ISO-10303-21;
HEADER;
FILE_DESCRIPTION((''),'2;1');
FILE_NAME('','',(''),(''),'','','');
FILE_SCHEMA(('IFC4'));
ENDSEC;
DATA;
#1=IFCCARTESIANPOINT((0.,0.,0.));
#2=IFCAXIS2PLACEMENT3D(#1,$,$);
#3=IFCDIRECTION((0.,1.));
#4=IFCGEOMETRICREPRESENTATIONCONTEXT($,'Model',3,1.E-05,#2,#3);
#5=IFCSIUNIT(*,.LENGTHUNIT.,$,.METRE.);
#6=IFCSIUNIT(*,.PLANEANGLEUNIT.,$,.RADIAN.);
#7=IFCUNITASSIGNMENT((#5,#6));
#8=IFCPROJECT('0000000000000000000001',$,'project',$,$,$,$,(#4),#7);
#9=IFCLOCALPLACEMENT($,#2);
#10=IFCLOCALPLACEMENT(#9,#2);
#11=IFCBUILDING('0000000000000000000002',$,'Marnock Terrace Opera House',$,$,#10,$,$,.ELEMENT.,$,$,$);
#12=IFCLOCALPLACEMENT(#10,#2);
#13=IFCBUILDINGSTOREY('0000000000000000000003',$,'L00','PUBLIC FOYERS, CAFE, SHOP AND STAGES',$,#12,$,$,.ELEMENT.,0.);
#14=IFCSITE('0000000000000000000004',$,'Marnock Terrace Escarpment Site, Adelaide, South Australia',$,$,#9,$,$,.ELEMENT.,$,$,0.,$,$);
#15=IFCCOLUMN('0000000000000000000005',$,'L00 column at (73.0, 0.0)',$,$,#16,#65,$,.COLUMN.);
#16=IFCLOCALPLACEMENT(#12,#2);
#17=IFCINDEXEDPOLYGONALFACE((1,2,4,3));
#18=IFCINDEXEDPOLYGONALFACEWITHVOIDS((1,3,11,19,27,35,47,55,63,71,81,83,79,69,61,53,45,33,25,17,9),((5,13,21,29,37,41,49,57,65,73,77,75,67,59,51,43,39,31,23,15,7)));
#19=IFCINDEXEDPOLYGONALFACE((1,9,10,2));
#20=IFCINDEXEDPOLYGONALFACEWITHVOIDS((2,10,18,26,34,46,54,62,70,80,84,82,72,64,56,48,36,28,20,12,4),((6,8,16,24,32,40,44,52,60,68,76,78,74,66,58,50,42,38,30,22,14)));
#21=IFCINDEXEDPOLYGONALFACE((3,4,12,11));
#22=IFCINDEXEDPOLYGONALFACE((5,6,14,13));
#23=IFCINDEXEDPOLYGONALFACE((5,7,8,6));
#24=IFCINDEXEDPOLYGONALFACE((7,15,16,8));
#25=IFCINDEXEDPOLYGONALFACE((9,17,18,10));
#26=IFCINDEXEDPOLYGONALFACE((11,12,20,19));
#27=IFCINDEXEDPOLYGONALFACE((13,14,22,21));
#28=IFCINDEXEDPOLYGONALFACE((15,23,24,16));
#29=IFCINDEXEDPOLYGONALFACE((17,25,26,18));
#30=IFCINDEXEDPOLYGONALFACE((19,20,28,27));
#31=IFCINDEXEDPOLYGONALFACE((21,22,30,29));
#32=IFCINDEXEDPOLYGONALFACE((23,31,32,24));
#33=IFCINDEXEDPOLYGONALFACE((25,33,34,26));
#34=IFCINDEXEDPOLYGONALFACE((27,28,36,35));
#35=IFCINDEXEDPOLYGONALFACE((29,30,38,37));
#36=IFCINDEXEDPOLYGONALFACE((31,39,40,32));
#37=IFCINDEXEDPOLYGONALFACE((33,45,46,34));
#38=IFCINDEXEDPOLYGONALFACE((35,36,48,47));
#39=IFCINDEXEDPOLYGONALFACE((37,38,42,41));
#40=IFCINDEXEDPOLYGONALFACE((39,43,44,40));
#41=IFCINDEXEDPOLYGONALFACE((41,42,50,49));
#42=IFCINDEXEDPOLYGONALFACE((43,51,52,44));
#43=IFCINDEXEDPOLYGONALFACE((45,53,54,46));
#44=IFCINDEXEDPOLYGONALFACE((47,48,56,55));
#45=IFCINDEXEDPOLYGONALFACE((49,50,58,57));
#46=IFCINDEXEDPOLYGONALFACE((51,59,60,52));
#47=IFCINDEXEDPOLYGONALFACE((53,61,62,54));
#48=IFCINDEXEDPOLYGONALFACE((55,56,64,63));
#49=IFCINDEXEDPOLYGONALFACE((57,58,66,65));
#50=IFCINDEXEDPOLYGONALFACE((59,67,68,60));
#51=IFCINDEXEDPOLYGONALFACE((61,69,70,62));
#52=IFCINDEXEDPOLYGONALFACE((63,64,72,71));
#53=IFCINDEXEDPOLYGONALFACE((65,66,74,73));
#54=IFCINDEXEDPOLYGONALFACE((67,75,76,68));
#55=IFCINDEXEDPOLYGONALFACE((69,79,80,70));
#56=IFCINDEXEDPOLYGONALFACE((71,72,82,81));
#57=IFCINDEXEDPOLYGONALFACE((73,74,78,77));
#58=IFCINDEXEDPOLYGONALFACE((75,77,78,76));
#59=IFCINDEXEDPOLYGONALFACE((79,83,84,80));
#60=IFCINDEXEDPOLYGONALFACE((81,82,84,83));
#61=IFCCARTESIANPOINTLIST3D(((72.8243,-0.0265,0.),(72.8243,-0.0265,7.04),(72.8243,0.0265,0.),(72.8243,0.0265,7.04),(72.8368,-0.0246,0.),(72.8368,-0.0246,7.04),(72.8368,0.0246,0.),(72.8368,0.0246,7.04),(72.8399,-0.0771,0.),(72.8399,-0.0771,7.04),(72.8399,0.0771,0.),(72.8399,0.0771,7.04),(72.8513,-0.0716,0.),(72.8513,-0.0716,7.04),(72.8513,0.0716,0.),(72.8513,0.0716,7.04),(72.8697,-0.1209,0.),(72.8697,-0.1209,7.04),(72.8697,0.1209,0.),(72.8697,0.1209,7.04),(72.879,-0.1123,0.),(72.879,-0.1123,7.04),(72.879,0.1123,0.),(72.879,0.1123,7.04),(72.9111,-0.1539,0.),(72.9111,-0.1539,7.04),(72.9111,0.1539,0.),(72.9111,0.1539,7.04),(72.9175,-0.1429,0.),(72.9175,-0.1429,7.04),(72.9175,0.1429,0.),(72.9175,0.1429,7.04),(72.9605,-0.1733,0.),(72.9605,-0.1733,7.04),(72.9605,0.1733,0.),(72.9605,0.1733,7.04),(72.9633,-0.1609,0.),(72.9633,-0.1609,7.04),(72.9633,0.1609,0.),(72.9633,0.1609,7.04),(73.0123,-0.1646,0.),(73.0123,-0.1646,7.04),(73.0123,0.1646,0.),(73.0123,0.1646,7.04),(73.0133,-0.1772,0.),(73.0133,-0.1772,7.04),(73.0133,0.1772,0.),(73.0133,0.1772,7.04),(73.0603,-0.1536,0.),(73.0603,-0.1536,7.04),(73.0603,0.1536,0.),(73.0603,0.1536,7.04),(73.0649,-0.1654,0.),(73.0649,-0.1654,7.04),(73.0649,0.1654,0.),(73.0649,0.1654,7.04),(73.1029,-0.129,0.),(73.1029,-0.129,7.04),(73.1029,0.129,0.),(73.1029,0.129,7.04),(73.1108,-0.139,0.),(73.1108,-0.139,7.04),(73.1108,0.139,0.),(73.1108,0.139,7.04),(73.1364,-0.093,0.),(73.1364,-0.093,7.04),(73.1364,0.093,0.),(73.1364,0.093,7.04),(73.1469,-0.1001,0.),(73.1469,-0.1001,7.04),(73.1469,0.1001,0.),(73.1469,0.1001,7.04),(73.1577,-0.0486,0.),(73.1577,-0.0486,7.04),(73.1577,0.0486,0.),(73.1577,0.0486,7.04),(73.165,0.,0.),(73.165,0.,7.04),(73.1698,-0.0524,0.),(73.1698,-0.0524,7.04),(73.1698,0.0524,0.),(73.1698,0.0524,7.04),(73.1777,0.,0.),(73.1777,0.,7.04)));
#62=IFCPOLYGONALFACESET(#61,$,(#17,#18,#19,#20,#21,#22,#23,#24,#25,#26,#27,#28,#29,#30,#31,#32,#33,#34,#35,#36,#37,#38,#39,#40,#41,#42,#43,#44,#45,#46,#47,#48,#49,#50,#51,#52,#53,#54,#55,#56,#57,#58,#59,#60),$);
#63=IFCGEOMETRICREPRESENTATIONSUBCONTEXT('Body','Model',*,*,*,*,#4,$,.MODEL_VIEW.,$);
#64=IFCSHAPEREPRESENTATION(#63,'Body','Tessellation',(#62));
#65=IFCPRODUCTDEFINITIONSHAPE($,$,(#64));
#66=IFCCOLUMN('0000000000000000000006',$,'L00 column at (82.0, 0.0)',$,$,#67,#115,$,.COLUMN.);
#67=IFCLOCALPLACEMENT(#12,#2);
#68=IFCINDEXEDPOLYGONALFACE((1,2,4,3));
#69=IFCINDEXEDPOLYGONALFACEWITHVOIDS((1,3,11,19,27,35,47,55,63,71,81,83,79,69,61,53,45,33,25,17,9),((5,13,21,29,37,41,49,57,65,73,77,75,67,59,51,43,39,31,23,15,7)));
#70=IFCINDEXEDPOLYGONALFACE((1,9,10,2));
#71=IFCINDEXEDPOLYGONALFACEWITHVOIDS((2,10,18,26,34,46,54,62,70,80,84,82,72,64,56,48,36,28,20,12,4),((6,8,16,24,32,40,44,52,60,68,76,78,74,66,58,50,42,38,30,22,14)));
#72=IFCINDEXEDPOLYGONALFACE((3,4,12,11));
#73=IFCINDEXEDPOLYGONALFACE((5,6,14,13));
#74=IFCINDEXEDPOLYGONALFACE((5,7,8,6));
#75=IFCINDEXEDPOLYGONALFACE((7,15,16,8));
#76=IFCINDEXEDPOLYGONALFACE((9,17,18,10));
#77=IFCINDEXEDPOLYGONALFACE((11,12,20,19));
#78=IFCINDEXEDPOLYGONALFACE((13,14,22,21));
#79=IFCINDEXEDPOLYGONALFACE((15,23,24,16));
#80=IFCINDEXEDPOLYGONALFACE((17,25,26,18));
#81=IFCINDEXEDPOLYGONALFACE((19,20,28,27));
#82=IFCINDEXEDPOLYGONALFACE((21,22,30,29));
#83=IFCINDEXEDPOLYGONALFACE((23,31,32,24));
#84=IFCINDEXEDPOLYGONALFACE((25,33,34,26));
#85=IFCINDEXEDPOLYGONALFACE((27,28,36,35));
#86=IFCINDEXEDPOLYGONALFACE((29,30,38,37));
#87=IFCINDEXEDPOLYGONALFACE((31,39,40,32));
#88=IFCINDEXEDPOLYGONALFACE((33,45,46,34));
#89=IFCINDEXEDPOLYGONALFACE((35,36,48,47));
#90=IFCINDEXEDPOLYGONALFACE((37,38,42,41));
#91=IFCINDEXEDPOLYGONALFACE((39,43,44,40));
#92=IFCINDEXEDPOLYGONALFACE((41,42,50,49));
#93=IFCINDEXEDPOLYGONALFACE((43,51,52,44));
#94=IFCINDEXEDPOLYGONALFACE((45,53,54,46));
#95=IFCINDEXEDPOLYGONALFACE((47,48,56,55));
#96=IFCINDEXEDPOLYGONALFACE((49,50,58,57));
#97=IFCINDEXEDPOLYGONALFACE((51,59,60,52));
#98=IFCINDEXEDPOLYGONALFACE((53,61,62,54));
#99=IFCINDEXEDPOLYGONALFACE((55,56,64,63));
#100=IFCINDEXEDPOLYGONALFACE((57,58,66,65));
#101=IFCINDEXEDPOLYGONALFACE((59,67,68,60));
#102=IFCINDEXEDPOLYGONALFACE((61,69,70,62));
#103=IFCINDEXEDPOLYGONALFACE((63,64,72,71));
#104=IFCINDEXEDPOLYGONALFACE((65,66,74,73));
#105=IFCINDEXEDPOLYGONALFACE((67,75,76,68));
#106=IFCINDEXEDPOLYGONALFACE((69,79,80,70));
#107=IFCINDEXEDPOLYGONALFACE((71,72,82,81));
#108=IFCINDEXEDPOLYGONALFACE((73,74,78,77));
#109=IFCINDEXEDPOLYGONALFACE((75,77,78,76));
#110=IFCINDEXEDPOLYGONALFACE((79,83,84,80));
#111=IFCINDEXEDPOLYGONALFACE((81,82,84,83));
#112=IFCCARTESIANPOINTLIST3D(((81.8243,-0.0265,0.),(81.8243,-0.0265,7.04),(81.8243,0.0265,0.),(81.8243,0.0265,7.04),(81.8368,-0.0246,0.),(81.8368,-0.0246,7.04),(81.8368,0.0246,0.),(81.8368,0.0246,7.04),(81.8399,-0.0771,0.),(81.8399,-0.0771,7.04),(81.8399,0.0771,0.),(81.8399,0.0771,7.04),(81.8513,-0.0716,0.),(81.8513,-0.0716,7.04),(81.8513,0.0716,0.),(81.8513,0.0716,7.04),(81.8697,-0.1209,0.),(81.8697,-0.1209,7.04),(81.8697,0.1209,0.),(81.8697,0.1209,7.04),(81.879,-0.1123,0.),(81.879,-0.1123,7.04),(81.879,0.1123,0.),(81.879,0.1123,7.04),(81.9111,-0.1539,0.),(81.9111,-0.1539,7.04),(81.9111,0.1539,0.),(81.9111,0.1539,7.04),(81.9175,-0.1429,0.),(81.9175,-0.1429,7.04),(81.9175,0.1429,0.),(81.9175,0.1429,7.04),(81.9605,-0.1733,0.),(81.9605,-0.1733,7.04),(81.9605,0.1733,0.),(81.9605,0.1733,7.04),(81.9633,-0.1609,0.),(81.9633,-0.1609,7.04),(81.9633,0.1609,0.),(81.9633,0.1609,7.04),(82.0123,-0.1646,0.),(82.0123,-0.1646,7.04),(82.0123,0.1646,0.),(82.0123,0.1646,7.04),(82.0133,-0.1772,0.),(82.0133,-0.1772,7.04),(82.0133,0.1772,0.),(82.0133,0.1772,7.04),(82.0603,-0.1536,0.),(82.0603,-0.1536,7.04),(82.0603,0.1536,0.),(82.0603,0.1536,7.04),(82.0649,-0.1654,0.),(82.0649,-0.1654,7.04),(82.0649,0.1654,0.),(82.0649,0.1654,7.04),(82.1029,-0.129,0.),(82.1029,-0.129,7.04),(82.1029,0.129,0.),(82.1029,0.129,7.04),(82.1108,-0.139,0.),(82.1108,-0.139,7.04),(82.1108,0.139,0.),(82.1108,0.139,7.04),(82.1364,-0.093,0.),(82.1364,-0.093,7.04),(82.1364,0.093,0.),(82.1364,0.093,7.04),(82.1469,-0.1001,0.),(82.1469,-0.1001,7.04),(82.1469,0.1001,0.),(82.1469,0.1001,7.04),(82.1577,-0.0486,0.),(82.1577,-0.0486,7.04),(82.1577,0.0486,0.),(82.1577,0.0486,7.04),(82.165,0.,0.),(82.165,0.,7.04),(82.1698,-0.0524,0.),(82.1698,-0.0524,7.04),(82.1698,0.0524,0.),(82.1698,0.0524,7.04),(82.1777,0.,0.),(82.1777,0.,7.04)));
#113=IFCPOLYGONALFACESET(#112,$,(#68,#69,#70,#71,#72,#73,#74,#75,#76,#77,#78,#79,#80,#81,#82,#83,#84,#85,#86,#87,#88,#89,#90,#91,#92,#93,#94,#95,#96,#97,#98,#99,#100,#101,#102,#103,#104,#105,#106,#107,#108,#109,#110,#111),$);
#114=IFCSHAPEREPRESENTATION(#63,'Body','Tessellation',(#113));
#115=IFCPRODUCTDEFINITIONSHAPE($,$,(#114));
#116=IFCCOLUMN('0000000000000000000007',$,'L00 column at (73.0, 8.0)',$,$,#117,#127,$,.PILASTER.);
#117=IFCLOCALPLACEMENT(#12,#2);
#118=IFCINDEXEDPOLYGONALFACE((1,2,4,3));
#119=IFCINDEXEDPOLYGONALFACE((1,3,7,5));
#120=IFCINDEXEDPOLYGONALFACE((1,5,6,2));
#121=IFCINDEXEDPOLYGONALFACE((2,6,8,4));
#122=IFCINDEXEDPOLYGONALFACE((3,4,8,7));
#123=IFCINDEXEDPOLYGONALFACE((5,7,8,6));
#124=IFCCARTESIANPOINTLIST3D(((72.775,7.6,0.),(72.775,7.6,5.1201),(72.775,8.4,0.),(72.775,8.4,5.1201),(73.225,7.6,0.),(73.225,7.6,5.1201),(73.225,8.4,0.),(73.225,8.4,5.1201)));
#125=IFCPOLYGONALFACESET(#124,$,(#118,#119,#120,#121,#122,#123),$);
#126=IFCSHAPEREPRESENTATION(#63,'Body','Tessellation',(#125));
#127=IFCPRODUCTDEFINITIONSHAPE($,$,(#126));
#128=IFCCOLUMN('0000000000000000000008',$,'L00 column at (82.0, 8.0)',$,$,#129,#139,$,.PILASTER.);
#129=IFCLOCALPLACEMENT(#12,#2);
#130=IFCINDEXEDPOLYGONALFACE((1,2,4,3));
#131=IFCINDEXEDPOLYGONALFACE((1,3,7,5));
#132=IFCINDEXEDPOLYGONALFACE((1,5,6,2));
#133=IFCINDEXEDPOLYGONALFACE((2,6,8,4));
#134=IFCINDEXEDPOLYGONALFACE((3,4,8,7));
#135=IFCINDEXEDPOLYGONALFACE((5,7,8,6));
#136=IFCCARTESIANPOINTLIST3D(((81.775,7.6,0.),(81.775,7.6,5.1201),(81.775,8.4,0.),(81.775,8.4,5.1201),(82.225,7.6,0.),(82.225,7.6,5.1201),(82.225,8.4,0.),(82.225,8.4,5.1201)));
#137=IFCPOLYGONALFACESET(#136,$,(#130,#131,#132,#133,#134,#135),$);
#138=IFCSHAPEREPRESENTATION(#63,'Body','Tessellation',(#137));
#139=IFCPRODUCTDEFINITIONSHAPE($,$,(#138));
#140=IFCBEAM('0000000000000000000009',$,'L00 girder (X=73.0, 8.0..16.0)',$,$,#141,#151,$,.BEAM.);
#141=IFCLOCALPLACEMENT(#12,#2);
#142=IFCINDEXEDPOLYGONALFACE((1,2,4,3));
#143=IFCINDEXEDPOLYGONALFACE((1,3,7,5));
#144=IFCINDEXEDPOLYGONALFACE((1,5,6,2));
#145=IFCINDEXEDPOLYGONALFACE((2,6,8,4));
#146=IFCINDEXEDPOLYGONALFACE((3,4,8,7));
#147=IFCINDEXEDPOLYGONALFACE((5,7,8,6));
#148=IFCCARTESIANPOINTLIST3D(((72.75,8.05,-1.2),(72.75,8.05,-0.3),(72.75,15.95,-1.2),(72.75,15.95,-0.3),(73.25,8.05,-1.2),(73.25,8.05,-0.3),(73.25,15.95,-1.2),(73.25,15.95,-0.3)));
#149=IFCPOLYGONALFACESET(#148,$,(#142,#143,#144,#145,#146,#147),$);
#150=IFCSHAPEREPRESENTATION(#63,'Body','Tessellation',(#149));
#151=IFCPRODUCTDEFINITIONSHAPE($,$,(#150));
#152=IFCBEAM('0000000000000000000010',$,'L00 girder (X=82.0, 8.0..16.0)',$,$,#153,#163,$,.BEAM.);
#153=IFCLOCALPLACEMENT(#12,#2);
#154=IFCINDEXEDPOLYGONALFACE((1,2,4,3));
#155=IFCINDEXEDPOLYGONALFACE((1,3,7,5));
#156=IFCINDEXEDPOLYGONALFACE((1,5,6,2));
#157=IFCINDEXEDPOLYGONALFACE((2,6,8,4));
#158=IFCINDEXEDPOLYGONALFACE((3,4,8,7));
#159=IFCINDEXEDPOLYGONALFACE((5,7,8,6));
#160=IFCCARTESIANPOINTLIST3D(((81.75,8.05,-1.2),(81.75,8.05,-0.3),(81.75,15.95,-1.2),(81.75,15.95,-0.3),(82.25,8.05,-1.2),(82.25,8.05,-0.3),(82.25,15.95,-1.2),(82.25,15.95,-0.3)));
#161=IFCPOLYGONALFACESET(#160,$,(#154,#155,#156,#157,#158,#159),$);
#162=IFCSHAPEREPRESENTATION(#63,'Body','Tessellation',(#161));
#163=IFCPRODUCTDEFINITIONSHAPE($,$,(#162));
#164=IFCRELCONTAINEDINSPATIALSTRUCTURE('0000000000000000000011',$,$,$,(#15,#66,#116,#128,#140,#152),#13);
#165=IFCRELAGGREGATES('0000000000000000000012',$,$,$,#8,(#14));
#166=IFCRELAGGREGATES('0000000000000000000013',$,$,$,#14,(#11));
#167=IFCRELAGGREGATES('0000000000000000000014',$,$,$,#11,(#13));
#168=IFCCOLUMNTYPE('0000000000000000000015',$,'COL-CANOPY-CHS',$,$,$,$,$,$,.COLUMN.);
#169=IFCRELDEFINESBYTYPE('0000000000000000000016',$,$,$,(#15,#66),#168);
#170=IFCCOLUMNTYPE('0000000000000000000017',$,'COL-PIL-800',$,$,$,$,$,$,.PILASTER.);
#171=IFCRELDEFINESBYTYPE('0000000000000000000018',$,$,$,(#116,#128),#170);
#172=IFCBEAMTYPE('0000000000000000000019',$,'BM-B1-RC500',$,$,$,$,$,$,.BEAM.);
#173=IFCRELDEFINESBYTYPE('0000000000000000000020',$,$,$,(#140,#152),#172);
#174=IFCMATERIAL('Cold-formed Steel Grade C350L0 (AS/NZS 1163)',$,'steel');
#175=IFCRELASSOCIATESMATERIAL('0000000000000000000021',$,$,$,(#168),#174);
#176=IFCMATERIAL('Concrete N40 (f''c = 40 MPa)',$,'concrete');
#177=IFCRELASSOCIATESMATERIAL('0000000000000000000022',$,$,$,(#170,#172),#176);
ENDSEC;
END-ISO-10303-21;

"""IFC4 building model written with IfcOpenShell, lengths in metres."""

from ifc_helpers import new_model, si_unit, direction, frame, origin, origin_2d, place, context, subcontext, project, spatial, rectangle, hollow_circle, extrude, material, material_profile, profile_set, type_object, element, save


model = new_model("IFC4")

# Units and contexts
model_context = context("Model", 3, precision=1e-05, world=origin(), true_north=direction((0.0, 1.0)))
body_context = subcontext(model_context, "Body", "Model", "MODEL_VIEW")
ifc_project = project(units=[si_unit("LENGTHUNIT", "METRE"), si_unit("PLANEANGLEUNIT", "RADIAN")], contexts=[model_context])

# Site, building, storey
site_placement = place(None, origin())
site = spatial("IfcSite", under=ifc_project, at=site_placement, Name="Marnock Terrace Escarpment Site, Adelaide, South Australia", CompositionType="ELEMENT", RefElevation=0.0)
building_placement = place(site_placement, origin())
building = spatial("IfcBuilding", under=site, at=building_placement, Name="Marnock Terrace Opera House", CompositionType="ELEMENT")
storey_placement = place(building_placement, origin())
storey = spatial("IfcBuildingStorey", under=building, at=storey_placement, Name="L00", Description="PUBLIC FOYERS, CAFE, SHOP AND STAGES", CompositionType="ELEMENT", Elevation=0.0)

# Columns
ifc_material_1 = material(Name="Cold-formed Steel Grade C350L0 (AS/NZS 1163)", Category="steel")
ifc_material_profile_1 = material_profile(ifc_material_1, hollow_circle(Radius=0.1777, WallThickness=0.0127, at=origin_2d()))
ifc_profile_set_1 = profile_set([ifc_material_profile_1], Name="Cold-formed Steel Grade C350L0 (AS/NZS 1163)")
column_type_1 = type_object("IfcColumnType", Name="COL-CANOPY-CHS", PredefinedType="COLUMN", material=ifc_profile_set_1)
for number, where, z_axis, x_axis, name in (
    (1, (73.0, 0.0, 0.0), (0.0, 0.0, 1.0), (1.0, 0.0, 0.0), "L00 column at (73.0, 0.0)"),
    (2, (82.0, 0.0, 0.0), (0.0, 0.0, 1.0), (1.0, 0.0, 0.0), "L00 column at (82.0, 0.0)"),
):
    element("IfcColumn", number, at=place(storey_placement, frame(where, z_axis=z_axis, x_axis=x_axis)), inside=storey, type_object=column_type_1, Name=name, PredefinedType="COLUMN", context=body_context, shape_type="SweptSolid", body=[
        extrude(hollow_circle(Radius=0.1777, WallThickness=0.0127, at=origin_2d()), origin(), (0.0, 0.0, 1.0), 7.04),
    ])
ifc_material_2 = material(Name="Concrete N40 (f'c = 40 MPa)", Category="concrete")
ifc_material_profile_2 = material_profile(ifc_material_2, rectangle(XDim=0.45, YDim=0.8, at=origin_2d()))
ifc_profile_set_2 = profile_set([ifc_material_profile_2], Name="Concrete N40 (f'c = 40 MPa)")
column_type_2 = type_object("IfcColumnType", Name="COL-PIL-800", PredefinedType="PILASTER", material=ifc_profile_set_2)
for number, where, z_axis, x_axis, name in (
    (3, (73.0, 8.0, 0.0), (0.0, 0.0, 1.0), (1.0, 0.0, 0.0), "L00 column at (73.0, 8.0)"),
    (4, (82.0, 8.0, 0.0), (0.0, 0.0, 1.0), (1.0, 0.0, 0.0), "L00 column at (82.0, 8.0)"),
):
    element("IfcColumn", number, at=place(storey_placement, frame(where, z_axis=z_axis, x_axis=x_axis)), inside=storey, type_object=column_type_2, Name=name, PredefinedType="PILASTER", context=body_context, shape_type="SweptSolid", body=[
        extrude(rectangle(XDim=0.45, YDim=0.8, at=origin_2d()), origin(), (0.0, 0.0, 1.0), 5.1201),
    ])

# Beams
ifc_material_profile_3 = material_profile(ifc_material_2, rectangle(XDim=0.5, YDim=0.8999, at=origin_2d()))
ifc_profile_set_3 = profile_set([ifc_material_profile_3], Name="Concrete N40 (f'c = 40 MPa)")
beam_type_1 = type_object("IfcBeamType", Name="BM-B1-RC500", PredefinedType="BEAM", material=ifc_profile_set_3)
for number, where, z_axis, x_axis, name in (
    (5, (73.0, 8.05, -0.75), (0.0, 1.0, 0.0), (-1.0, 0.0, 0.0), "L00 girder (X=73.0, 8.0..16.0)"),
    (6, (82.0, 8.05, -0.75), (0.0, 1.0, 0.0), (-1.0, 0.0, 0.0), "L00 girder (X=82.0, 8.0..16.0)"),
):
    element("IfcBeam", number, at=place(storey_placement, frame(where, z_axis=z_axis, x_axis=x_axis)), inside=storey, type_object=beam_type_1, Name=name, PredefinedType="BEAM", context=body_context, shape_type="SweptSolid", body=[
        extrude(rectangle(XDim=0.5, YDim=0.8999, at=origin_2d()), origin(), (0.0, 0.0, 1.0), 7.8999),
    ])

save(model, "model.ifc")
